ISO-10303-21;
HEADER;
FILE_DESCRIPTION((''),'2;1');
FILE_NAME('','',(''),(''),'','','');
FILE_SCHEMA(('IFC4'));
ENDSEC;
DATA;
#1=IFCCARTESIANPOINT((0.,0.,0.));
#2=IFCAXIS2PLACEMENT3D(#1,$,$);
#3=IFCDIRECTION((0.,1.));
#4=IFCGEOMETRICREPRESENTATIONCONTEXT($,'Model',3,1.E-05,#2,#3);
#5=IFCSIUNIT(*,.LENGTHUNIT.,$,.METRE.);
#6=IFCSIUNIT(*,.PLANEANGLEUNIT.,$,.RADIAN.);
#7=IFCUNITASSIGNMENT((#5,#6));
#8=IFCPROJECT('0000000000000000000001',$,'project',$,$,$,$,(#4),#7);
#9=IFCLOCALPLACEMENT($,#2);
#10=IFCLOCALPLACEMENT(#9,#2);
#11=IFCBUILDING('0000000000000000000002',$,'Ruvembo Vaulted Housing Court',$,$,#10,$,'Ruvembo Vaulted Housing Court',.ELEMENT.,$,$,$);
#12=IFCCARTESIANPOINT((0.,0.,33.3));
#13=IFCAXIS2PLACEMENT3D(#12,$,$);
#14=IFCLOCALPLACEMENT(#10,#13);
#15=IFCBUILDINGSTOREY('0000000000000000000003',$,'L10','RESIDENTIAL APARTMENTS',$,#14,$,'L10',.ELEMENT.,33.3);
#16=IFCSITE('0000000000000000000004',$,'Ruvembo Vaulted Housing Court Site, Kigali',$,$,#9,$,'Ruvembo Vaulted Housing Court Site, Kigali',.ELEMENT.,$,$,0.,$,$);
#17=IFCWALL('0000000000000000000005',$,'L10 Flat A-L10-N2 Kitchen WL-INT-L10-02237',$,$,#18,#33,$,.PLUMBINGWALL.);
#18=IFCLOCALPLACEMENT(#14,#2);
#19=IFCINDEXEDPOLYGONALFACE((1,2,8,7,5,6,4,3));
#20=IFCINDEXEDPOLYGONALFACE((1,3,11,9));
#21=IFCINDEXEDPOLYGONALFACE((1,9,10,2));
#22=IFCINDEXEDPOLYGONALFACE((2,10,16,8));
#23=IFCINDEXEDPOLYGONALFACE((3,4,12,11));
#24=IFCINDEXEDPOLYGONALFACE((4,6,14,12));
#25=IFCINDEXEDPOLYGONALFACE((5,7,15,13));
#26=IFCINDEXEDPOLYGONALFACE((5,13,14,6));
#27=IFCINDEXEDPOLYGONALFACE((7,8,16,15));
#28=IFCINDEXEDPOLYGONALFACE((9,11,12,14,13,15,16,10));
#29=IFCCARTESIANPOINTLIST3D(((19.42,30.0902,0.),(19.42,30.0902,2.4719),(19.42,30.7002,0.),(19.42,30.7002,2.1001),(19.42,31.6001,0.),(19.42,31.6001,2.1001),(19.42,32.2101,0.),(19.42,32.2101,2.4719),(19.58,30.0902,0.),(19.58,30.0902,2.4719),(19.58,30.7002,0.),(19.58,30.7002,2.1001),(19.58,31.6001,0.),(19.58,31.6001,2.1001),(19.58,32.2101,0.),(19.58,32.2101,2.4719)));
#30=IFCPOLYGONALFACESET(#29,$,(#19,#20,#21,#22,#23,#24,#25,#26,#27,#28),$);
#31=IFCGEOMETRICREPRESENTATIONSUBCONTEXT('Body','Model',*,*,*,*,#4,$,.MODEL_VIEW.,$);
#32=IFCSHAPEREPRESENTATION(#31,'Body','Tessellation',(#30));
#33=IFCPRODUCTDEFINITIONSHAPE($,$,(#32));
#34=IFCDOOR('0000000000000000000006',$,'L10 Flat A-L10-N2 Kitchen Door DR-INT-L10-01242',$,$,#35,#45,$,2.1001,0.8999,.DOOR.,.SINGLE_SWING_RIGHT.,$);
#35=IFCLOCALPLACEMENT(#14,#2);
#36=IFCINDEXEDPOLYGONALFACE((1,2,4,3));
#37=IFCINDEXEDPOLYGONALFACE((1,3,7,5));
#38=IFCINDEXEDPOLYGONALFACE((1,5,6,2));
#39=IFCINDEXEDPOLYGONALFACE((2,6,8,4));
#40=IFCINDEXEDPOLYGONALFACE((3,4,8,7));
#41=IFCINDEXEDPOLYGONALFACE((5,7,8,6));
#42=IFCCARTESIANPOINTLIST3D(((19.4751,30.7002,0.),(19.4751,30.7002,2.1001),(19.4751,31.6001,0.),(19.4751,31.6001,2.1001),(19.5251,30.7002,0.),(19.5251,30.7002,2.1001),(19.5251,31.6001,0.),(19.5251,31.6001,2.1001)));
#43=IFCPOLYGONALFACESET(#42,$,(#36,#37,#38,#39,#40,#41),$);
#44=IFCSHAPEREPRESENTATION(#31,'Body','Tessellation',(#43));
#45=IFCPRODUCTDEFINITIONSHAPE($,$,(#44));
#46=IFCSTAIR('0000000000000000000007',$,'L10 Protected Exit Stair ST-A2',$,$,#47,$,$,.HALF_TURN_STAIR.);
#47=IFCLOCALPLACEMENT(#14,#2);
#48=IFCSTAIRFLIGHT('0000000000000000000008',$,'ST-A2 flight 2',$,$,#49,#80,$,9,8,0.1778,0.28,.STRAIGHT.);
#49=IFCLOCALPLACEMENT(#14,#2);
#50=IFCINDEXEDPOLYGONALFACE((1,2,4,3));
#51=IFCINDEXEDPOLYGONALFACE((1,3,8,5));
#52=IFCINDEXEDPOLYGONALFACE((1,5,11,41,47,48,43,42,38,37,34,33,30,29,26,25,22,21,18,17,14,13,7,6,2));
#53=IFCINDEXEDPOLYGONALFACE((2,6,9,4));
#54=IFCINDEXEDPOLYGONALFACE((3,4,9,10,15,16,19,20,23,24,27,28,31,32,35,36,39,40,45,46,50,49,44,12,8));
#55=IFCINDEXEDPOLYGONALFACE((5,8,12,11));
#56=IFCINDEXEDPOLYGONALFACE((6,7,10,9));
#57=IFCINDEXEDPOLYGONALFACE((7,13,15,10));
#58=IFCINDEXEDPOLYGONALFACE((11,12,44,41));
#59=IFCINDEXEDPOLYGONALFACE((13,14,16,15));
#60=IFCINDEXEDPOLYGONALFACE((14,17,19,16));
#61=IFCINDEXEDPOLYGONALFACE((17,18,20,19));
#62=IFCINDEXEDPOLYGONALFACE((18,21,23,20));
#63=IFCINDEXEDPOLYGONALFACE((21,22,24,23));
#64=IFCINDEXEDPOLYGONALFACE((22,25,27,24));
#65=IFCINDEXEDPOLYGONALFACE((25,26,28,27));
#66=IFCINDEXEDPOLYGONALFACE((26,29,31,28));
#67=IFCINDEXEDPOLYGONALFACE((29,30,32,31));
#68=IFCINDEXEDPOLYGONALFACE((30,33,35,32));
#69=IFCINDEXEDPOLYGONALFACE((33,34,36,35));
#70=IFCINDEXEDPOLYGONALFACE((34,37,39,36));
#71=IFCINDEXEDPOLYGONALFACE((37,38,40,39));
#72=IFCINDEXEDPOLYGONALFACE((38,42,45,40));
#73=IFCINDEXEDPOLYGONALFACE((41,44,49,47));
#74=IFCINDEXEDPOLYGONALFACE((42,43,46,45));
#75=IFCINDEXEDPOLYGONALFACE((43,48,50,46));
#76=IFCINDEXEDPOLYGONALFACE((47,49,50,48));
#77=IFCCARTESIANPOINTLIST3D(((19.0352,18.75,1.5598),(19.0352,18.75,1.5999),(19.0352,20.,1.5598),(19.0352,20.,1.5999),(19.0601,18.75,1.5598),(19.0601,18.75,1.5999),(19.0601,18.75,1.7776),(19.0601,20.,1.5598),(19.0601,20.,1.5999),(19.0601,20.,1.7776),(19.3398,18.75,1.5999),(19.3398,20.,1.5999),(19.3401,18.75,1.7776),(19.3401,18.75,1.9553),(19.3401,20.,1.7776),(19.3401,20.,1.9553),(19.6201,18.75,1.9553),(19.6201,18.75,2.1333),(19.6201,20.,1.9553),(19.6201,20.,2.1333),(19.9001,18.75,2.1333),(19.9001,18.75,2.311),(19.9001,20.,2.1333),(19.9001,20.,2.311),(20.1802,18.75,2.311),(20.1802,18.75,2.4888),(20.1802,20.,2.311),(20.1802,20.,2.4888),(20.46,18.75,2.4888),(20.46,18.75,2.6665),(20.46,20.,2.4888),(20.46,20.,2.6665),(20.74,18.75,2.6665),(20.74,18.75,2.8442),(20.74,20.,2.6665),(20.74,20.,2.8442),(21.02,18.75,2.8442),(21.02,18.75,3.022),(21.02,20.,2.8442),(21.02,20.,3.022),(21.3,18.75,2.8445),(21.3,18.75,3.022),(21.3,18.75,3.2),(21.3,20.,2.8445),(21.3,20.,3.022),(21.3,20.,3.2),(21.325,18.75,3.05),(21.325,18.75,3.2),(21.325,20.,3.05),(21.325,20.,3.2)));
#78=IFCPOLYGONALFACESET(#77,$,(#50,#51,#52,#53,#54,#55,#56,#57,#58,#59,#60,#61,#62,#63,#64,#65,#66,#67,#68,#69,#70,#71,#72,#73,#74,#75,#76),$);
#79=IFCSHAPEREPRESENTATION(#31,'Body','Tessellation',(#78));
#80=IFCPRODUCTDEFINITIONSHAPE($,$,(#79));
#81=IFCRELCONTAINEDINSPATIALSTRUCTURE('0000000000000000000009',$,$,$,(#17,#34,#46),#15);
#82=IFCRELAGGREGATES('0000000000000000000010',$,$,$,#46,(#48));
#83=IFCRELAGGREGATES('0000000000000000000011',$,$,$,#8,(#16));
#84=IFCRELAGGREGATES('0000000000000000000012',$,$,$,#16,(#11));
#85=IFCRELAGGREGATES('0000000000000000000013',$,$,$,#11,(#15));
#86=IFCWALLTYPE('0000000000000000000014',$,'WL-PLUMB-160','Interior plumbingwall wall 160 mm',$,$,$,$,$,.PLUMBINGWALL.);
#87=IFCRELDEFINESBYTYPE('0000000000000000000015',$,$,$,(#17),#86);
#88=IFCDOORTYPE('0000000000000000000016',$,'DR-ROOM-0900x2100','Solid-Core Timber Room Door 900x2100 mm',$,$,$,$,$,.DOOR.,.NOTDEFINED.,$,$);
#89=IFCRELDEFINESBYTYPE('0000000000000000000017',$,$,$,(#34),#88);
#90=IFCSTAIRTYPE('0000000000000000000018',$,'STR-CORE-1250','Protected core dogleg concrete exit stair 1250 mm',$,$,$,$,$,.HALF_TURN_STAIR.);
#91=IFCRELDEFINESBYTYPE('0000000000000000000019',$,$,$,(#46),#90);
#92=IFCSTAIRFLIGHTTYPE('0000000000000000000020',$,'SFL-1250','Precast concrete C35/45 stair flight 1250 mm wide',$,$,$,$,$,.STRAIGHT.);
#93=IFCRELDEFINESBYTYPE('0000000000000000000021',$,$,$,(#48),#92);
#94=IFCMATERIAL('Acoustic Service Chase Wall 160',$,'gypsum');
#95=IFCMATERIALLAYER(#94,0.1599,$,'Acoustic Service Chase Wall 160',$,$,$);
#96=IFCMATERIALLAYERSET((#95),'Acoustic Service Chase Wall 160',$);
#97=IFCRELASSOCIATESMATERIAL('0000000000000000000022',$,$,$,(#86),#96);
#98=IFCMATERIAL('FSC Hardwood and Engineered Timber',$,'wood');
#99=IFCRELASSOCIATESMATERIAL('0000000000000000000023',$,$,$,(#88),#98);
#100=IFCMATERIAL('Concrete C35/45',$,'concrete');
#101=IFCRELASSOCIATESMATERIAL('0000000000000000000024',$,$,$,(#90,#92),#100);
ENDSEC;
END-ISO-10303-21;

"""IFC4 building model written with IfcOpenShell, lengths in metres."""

from ifc_helpers import new_model, si_unit, direction, frame, frame_2d, origin, place, context, subcontext, project, spatial, polyline, rectangle, outline, extrude, material, layer, layer_set, type_object, element, fill, aggregate, save


model = new_model("IFC4")

# Units and contexts
model_context = context("Model", 3, precision=1e-05, world=origin(), true_north=direction((0.0, 1.0)))
body_context = subcontext(model_context, "Body", "Model", "MODEL_VIEW")
ifc_project = project(units=[si_unit("LENGTHUNIT", "METRE"), si_unit("PLANEANGLEUNIT", "RADIAN")], contexts=[model_context])

# Site, building, storey
site_placement = place(None, origin())
site = spatial("IfcSite", under=ifc_project, at=site_placement, Name="Ruvembo Vaulted Housing Court Site, Kigali", LongName="Ruvembo Vaulted Housing Court Site, Kigali", CompositionType="ELEMENT", RefElevation=0.0)
building_placement = place(site_placement, origin())
building = spatial("IfcBuilding", under=site, at=building_placement, Name="Ruvembo Vaulted Housing Court", LongName="Ruvembo Vaulted Housing Court", CompositionType="ELEMENT")
storey_placement = place(building_placement, frame((0.0, 0.0, 33.3)))
storey = spatial("IfcBuildingStorey", under=building, at=storey_placement, Name="L10", Description="RESIDENTIAL APARTMENTS", LongName="L10", CompositionType="ELEMENT", Elevation=33.3)

# Shared definitions
ifc_material_1 = material(Name="Concrete C35/45", Category="concrete")

# Shared definitions
ifc_material_2 = material(Name="FSC Hardwood and Engineered Timber", Category="wood")

# Wall, opening, door
ifc_material_3 = material(Name="Acoustic Service Chase Wall 160", Category="gypsum")
ifc_layer_1 = layer(ifc_material_3, 0.1599, Name="Acoustic Service Chase Wall 160")
ifc_layer_set_1 = layer_set([ifc_layer_1], Name="Acoustic Service Chase Wall 160")
wall_type_1 = type_object("IfcWallType", Name="WL-PLUMB-160", Description="Interior plumbingwall wall 160 mm", PredefinedType="PLUMBINGWALL", material=ifc_layer_set_1)
wall_1_placement = place(storey_placement, frame((19.5, 30.0901, 0.0), z_axis=(0.0, 0.0, 1.0), x_axis=(0.0, 1.0, 0.0)))
wall_1 = element("IfcWall", 1, at=wall_1_placement, inside=storey, type_object=wall_type_1, Name="L10 Flat A-L10-N2 Kitchen WL-INT-L10-02237", PredefinedType="PLUMBINGWALL", context=body_context, shape_type="SweptSolid", body=[
    extrude(rectangle(XDim=2.1199, YDim=0.1599, at=frame_2d((1.0601, 0.0))), origin(), (0.0, 0.0, 1.0), 2.4719),
])
opening_1_placement = place(wall_1_placement, frame((0.6101, 0.0, 0.0)))
opening_1 = element("IfcOpeningElement", 2, at=opening_1_placement, cuts=wall_1, PredefinedType="OPENING", context=body_context, shape_type="SweptSolid", body=[
    extrude(rectangle(XDim=0.8999, YDim=2.1001, at=frame_2d((0.45, 1.05))), frame((0.0, 0.0898, 0.0), z_axis=(0.0, -1.0, 0.0), x_axis=(1.0, 0.0, 0.0)), (0.0, 0.0, 1.0), 0.1799),
])
door_type_1 = type_object("IfcDoorType", Name="DR-ROOM-0900x2100", Description="Solid-Core Timber Room Door 900x2100 mm", OperationType="NOTDEFINED", PredefinedType="DOOR", material=ifc_material_2)
door_1_placement = place(opening_1_placement, origin())
door_1 = element("IfcDoor", 3, at=door_1_placement, inside=storey, type_object=door_type_1, Name="L10 Flat A-L10-N2 Kitchen Door DR-INT-L10-01242", OperationType="SINGLE_SWING_RIGHT", OverallHeight=2.1001, OverallWidth=0.8999, PredefinedType="DOOR", context=body_context, shape_type="SweptSolid", body=[
    extrude(rectangle(XDim=0.8999, YDim=2.1001, at=frame_2d((0.45, 1.05))), frame((0.0, 0.0249, 0.0), z_axis=(0.0, -1.0, 0.0), x_axis=(1.0, 0.0, 0.0)), (0.0, 0.0, 1.0), 0.05),
])
fill(opening_1, door_1)

# Stair, stair flight
stair_type = type_object("IfcStairType", Name="STR-CORE-1250", Description="Protected core dogleg concrete exit stair 1250 mm", PredefinedType="HALF_TURN_STAIR", material=ifc_material_1)
stair_placement = place(storey_placement, origin())
stair = element("IfcStair", 4, at=stair_placement, inside=storey, type_object=stair_type, Name="L10 Protected Exit Stair ST-A2", PredefinedType="HALF_TURN_STAIR")
stair_flight_type = type_object("IfcStairFlightType", Name="SFL-1250", Description="Precast concrete C35/45 stair flight 1250 mm wide", PredefinedType="STRAIGHT", material=ifc_material_1)
stair_flight_placement = place(storey_placement, frame((19.0601, 19.375, 1.5999), z_axis=(0.0, 0.0, 1.0), x_axis=(1.0, 0.0, 0.0)))
stair_flight = element("IfcStairFlight", 5, at=stair_flight_placement, type_object=stair_flight_type, Name="ST-A2 flight 2", NumberOfRisers=9, NumberOfTreads=8, PredefinedType="STRAIGHT", RiserHeight=0.1778, TreadLength=0.28, context=body_context, shape_type="SweptSolid", body=[
    extrude(outline(polyline([(-0.0249, -0.04), (-0.0249, 0.0), (0.0, 0.0), (0.0, 0.1777), (0.28, 0.1777), (0.28, 0.3555), (0.5601, 0.3555), (0.5601, 0.5334), (0.8401, 0.5334), (0.8401, 0.7112), (1.1201, 0.7112), (1.1201, 0.8889), (1.3999, 0.8889), (1.3999, 1.0667), (1.6799, 1.0667), (1.6799, 1.2444), (1.96, 1.2444), (1.96, 1.4221), (2.24, 1.4221), (2.24, 1.6001), (2.2649, 1.6001), (2.2649, 1.4502), (2.24, 1.2446), (0.2798, 0.0), (0.0, -0.04), (-0.0249, -0.04)])), frame((0.0, 0.625, 0.0), z_axis=(0.0, -1.0, 0.0), x_axis=(1.0, 0.0, 0.0)), (0.0, 0.0, 1.0), 1.25),
])
aggregate(stair, [stair_flight])

save(model, "model.ifc")
